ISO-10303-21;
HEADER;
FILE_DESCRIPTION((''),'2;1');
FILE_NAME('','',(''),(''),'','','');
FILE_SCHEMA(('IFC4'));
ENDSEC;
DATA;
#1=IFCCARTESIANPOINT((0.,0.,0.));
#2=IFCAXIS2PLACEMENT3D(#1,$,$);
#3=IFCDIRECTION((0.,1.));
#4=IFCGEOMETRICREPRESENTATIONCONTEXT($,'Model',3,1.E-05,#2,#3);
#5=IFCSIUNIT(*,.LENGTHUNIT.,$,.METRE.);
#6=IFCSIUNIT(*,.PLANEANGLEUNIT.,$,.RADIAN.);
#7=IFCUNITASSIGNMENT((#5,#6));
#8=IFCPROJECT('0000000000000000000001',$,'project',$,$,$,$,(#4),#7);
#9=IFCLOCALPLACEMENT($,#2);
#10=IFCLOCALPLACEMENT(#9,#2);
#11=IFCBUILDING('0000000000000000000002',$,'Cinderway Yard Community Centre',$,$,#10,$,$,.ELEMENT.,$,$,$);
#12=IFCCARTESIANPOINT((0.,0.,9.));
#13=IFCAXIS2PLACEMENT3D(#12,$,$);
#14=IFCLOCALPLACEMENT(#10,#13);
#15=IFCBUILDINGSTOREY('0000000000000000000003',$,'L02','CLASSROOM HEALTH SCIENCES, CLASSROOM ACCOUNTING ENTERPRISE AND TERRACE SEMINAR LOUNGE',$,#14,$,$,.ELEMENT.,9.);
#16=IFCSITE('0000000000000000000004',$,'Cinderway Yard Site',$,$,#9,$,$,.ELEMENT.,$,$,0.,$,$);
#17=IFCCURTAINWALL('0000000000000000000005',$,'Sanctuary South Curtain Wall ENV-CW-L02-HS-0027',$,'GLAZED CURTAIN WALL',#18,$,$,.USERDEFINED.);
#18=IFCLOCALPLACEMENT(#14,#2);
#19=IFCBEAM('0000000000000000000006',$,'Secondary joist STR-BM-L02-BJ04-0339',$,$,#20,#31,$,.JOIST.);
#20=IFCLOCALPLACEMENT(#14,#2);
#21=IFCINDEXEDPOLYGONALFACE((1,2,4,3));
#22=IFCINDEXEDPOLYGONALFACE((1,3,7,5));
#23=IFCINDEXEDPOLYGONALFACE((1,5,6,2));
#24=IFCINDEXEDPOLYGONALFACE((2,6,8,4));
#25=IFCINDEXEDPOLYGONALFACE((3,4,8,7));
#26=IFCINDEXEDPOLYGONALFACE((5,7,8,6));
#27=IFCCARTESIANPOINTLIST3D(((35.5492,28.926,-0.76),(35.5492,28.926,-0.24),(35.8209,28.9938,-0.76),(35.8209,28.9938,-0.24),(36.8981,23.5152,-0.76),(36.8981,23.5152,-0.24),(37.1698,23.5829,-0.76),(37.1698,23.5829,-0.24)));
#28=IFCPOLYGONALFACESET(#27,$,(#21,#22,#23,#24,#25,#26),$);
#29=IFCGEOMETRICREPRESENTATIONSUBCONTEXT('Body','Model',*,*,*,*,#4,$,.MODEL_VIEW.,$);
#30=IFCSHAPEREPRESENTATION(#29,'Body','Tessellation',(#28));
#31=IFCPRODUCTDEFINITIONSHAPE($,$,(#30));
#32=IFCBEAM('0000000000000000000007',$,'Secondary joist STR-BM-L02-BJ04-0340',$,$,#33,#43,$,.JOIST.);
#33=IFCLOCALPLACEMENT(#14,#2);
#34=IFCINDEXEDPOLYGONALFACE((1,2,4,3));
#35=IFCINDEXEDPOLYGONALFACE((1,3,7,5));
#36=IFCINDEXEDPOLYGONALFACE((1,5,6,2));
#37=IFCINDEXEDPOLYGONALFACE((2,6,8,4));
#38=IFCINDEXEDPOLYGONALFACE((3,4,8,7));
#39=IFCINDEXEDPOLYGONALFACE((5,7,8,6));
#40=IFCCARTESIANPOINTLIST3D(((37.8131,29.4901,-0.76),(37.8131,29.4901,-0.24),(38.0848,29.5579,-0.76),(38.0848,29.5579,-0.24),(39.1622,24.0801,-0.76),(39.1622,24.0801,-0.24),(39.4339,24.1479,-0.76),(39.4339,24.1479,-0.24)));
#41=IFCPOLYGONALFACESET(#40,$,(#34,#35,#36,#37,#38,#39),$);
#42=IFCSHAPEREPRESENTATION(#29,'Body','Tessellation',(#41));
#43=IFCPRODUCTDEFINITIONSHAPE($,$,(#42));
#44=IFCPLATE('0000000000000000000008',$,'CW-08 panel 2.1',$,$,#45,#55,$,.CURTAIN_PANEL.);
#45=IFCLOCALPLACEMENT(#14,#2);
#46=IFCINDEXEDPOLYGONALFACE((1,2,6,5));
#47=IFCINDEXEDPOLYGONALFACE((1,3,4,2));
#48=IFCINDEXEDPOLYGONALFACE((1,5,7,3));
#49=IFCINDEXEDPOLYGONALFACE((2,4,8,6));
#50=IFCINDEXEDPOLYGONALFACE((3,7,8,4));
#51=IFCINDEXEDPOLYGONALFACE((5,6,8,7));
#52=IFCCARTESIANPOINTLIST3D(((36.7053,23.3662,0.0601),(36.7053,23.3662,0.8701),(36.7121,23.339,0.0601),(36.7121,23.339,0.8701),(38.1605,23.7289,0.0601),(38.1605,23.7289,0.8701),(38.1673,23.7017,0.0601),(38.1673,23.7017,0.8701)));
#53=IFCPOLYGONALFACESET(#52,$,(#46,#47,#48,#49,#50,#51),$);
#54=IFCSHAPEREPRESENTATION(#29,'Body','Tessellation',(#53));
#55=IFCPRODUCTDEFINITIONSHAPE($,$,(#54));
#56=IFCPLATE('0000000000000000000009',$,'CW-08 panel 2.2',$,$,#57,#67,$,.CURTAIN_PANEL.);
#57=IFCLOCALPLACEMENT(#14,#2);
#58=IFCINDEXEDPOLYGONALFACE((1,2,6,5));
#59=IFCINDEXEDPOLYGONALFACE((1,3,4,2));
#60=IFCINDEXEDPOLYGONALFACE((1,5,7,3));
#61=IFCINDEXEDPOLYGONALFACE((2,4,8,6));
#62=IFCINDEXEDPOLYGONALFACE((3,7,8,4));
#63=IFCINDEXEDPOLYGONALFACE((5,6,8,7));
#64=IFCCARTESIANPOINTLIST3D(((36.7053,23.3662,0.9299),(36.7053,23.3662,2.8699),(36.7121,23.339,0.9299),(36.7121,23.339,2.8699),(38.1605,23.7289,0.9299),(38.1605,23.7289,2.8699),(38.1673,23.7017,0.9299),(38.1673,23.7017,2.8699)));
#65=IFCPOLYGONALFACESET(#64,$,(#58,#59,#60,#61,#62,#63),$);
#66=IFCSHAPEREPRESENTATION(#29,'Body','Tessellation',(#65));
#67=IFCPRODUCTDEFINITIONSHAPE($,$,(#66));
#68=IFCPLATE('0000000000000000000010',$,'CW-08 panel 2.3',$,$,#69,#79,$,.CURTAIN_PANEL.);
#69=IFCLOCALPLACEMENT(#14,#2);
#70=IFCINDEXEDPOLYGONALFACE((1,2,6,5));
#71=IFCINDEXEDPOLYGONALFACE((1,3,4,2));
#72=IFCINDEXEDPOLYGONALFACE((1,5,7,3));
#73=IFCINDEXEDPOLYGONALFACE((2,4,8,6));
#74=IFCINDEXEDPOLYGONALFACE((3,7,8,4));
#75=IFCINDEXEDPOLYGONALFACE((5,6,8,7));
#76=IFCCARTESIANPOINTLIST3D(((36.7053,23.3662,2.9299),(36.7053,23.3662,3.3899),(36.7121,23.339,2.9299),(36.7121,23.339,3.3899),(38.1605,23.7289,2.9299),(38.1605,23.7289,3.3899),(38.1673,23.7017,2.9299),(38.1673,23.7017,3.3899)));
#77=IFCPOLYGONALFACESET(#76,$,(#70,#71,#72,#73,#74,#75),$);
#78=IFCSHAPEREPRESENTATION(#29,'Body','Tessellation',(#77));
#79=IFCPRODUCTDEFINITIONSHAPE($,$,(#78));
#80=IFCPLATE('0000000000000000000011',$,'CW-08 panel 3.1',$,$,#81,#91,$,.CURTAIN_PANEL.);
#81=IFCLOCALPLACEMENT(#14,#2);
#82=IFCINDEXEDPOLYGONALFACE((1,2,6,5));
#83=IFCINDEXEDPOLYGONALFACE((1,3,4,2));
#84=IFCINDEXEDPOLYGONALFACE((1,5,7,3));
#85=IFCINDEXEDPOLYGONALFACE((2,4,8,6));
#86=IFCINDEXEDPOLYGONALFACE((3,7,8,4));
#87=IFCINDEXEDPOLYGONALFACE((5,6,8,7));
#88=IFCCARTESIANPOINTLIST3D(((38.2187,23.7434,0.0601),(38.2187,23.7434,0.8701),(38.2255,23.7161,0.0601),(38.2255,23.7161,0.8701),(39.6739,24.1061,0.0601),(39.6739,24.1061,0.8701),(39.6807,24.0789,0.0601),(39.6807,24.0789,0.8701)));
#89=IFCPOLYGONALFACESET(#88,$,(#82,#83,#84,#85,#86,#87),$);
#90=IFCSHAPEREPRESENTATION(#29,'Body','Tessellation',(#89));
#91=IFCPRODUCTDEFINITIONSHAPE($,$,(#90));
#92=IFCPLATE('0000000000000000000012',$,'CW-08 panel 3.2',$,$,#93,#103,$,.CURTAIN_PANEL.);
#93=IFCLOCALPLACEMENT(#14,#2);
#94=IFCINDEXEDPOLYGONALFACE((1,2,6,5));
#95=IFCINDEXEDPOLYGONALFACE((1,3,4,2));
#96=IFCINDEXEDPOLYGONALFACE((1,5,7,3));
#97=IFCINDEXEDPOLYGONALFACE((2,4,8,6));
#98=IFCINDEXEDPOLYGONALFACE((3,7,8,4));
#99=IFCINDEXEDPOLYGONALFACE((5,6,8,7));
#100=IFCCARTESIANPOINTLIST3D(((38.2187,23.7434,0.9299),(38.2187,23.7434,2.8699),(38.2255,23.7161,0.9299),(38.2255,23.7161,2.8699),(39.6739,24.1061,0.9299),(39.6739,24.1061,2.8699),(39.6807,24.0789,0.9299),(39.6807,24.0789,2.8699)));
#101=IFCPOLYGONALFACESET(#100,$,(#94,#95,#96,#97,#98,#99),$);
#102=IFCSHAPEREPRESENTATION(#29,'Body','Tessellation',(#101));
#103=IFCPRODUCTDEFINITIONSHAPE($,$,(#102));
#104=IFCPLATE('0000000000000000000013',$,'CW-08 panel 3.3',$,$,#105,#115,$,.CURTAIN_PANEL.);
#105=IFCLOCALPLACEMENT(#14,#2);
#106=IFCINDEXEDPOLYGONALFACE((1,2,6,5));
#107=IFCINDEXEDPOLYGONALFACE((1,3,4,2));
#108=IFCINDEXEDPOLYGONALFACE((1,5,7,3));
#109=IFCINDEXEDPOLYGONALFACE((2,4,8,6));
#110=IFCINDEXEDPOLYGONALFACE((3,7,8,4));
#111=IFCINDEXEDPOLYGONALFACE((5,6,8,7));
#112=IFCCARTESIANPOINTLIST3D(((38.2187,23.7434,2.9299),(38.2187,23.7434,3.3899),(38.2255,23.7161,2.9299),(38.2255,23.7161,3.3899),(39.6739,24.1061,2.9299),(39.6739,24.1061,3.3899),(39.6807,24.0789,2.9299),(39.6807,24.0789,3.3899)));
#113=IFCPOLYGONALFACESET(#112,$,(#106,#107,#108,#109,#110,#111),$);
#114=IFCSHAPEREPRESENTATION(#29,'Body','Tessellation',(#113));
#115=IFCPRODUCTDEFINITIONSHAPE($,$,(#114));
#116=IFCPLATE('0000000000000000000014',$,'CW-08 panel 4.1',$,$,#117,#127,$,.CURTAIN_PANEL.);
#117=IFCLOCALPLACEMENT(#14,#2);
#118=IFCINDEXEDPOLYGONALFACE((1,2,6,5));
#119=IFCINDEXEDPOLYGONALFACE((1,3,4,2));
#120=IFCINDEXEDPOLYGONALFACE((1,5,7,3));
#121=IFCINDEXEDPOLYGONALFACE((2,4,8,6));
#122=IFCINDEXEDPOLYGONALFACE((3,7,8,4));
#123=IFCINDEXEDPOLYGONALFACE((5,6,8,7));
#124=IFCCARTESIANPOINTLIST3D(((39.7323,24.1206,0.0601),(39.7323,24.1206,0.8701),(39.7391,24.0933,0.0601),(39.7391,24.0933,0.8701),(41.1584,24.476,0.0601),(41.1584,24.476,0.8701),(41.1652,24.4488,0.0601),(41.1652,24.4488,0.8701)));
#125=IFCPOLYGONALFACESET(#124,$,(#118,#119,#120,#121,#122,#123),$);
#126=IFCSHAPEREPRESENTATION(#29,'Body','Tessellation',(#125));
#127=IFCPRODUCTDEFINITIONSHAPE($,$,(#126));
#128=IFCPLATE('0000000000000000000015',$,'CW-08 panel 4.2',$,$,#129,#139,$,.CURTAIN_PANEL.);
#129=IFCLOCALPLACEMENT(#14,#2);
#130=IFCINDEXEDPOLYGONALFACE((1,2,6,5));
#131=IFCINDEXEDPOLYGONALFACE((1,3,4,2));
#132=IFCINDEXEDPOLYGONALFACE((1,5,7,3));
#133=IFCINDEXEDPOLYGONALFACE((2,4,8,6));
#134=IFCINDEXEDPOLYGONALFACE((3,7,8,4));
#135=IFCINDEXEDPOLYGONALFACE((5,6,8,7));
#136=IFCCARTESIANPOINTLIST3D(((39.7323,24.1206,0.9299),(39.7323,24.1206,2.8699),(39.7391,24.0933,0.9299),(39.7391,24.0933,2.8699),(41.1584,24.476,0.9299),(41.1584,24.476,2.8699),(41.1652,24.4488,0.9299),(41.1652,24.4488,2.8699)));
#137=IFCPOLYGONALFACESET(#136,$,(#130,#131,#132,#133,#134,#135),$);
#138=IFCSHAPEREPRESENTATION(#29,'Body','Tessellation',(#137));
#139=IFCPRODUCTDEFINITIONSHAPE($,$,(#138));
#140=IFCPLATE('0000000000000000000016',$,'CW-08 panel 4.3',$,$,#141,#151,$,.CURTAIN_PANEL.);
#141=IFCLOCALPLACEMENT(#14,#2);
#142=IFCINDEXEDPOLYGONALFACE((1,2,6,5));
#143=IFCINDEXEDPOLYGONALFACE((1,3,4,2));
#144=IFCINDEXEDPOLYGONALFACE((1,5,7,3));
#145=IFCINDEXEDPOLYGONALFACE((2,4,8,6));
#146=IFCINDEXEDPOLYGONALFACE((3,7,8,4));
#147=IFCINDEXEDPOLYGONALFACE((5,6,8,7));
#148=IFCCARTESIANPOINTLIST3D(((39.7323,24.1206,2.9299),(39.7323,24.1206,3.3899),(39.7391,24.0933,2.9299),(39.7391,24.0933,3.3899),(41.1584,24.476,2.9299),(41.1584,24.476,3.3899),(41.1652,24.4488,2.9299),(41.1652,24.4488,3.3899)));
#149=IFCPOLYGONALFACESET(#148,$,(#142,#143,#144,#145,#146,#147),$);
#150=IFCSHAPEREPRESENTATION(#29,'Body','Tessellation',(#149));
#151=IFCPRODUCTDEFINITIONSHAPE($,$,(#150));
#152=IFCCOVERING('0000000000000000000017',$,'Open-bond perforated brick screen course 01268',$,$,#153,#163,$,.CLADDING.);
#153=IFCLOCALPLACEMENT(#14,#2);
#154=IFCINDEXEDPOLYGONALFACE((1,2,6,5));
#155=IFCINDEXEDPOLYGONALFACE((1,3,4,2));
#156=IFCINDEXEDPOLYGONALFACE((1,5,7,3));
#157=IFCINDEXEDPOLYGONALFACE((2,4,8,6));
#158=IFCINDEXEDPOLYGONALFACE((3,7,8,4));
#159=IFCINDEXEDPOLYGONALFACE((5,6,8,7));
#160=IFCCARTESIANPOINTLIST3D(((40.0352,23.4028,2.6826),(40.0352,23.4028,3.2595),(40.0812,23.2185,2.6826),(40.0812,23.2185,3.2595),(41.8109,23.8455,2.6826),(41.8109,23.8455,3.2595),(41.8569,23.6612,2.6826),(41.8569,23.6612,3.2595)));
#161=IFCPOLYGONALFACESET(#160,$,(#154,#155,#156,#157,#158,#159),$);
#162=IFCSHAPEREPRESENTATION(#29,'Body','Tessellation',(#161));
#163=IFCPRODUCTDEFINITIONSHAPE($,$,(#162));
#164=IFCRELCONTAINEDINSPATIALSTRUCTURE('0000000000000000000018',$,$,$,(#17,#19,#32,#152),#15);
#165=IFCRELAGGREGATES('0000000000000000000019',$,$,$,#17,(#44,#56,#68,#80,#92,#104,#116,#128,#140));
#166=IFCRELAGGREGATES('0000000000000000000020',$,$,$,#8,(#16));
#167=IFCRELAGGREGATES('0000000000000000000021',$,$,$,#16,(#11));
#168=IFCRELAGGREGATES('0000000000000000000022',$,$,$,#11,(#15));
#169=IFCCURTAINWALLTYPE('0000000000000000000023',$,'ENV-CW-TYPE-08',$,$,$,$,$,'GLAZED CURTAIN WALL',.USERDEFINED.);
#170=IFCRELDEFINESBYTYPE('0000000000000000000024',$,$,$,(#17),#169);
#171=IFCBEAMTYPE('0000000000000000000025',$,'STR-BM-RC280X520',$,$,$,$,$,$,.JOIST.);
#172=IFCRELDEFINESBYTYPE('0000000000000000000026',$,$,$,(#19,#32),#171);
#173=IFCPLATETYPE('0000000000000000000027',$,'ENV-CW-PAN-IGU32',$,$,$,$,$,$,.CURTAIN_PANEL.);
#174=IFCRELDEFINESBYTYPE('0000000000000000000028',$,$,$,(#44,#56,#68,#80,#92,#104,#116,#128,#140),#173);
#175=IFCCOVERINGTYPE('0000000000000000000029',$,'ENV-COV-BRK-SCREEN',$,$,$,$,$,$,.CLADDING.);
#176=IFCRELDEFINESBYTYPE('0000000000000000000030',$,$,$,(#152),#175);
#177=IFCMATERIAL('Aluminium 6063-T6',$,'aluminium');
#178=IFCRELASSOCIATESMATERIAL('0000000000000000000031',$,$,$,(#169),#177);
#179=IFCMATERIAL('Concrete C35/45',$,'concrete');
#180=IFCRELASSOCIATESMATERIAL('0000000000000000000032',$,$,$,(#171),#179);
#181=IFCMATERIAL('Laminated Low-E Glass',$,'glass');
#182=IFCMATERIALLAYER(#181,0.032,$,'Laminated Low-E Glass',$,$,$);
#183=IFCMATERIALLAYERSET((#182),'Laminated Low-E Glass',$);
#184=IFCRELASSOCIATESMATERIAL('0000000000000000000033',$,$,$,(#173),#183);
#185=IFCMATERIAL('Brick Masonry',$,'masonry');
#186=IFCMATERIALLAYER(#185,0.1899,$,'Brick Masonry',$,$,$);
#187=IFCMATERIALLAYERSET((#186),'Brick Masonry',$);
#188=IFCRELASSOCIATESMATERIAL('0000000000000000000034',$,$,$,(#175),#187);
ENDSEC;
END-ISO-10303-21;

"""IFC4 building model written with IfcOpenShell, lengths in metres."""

from ifc_helpers import new_model, si_unit, direction, frame, origin, origin_2d, place, context, subcontext, project, spatial, rectangle, extrude, material, layer, layer_set, material_profile, profile_set, type_object, element, aggregate, save


model = new_model("IFC4")

# Units and contexts
model_context = context("Model", 3, precision=1e-05, world=origin(), true_north=direction((0.0, 1.0)))
body_context = subcontext(model_context, "Body", "Model", "MODEL_VIEW")
ifc_project = project(units=[si_unit("LENGTHUNIT", "METRE"), si_unit("PLANEANGLEUNIT", "RADIAN")], contexts=[model_context])

# Site, building, storey
site_placement = place(None, origin())
site = spatial("IfcSite", under=ifc_project, at=site_placement, Name="Cinderway Yard Site", CompositionType="ELEMENT", RefElevation=0.0)
building_placement = place(site_placement, origin())
building = spatial("IfcBuilding", under=site, at=building_placement, Name="Cinderway Yard Community Centre", CompositionType="ELEMENT")
storey_placement = place(building_placement, frame((0.0, 0.0, 9.0)))
storey = spatial("IfcBuildingStorey", under=building, at=storey_placement, Name="L02", Description="CLASSROOM HEALTH SCIENCES, CLASSROOM ACCOUNTING ENTERPRISE AND TERRACE SEMINAR LOUNGE", CompositionType="ELEMENT", Elevation=9.0)

# Curtain wall
ifc_material_1 = material(Name="Aluminium 6063-T6", Category="aluminium")
curtain_wall_type = type_object("IfcCurtainWallType", Name="ENV-CW-TYPE-08", ElementType="GLAZED CURTAIN WALL", PredefinedType="USERDEFINED", material=ifc_material_1)
curtain_wall_placement = place(storey_placement, origin())
curtain_wall = element("IfcCurtainWall", 1, at=curtain_wall_placement, inside=storey, type_object=curtain_wall_type, Name="Sanctuary South Curtain Wall ENV-CW-L02-HS-0027", ObjectType="GLAZED CURTAIN WALL", PredefinedType="USERDEFINED")

# Beams
ifc_material_2 = material(Name="Concrete C35/45", Category="concrete")
ifc_material_profile_1 = material_profile(ifc_material_2, rectangle(XDim=0.28, YDim=0.52, at=origin_2d()), Name="Concrete C35/45")
ifc_profile_set_1 = profile_set([ifc_material_profile_1], Name="Concrete C35/45")
beam_type_1 = type_object("IfcBeamType", Name="STR-BM-RC280X520", PredefinedType="JOIST", material=ifc_profile_set_1)
beam_1_placement = place(storey_placement, frame((37.0339, 23.5491, -0.5), z_axis=(-0.241887, 0.970305, 0.0), x_axis=(-0.970305, -0.241887, 0.0)))
element("IfcBeam", 2, at=beam_1_placement, inside=storey, type_object=beam_type_1, Name="Secondary joist STR-BM-L02-BJ04-0339", PredefinedType="JOIST", context=body_context, shape_type="SweptSolid", body=[
    extrude(rectangle(XDim=0.28, YDim=0.52, at=origin_2d()), origin(), (0.0, 0.0, 1.0), 5.5764),
])
beam_2_placement = place(storey_placement, frame((39.2981, 24.114, -0.5), z_axis=(-0.241969, 0.970284, 0.0), x_axis=(-0.970284, -0.241969, 0.0)))
element("IfcBeam", 3, at=beam_2_placement, inside=storey, type_object=beam_type_1, Name="Secondary joist STR-BM-L02-BJ04-0340", PredefinedType="JOIST", context=body_context, shape_type="SweptSolid", body=[
    extrude(rectangle(XDim=0.28, YDim=0.52, at=origin_2d()), origin(), (0.0, 0.0, 1.0), 5.5757),
])

# Plates
ifc_material_3 = material(Name="Laminated Low-E Glass", Category="glass")
ifc_layer_1 = layer(ifc_material_3, 0.032, Name="Laminated Low-E Glass")
ifc_layer_set_1 = layer_set([ifc_layer_1], Name="Laminated Low-E Glass")
plate_type = type_object("IfcPlateType", Name="ENV-CW-PAN-IGU32", PredefinedType="CURTAIN_PANEL", material=ifc_layer_set_1)
plate_1_placement = place(storey_placement, frame((37.4363, 23.5339, 0.0601), z_axis=(0.0, 0.0, 1.0), x_axis=(0.970312, 0.241857, 0.0)))
plate_1 = element("IfcPlate", 4, at=plate_1_placement, type_object=plate_type, Name="CW-08 panel 2.1", PredefinedType="CURTAIN_PANEL", context=body_context, shape_type="SweptSolid", body=[
    extrude(rectangle(XDim=1.4998, YDim=0.0281, at=origin_2d()), origin(), (0.0, 0.0, 1.0), 0.8101),
])
plate_2_placement = place(storey_placement, frame((37.4363, 23.5339, 0.9299), z_axis=(0.0, 0.0, 1.0), x_axis=(0.970312, 0.241857, 0.0)))
plate_2 = element("IfcPlate", 5, at=plate_2_placement, type_object=plate_type, Name="CW-08 panel 2.2", PredefinedType="CURTAIN_PANEL", context=body_context, shape_type="SweptSolid", body=[
    extrude(rectangle(XDim=1.4998, YDim=0.0281, at=origin_2d()), origin(), (0.0, 0.0, 1.0), 1.9399),
])
plate_3_placement = place(storey_placement, frame((37.4363, 23.5339, 2.9299), z_axis=(0.0, 0.0, 1.0), x_axis=(0.970312, 0.241857, 0.0)))
plate_3 = element("IfcPlate", 6, at=plate_3_placement, type_object=plate_type, Name="CW-08 panel 2.3", PredefinedType="CURTAIN_PANEL", context=body_context, shape_type="SweptSolid", body=[
    extrude(rectangle(XDim=1.4998, YDim=0.0281, at=origin_2d()), origin(), (0.0, 0.0, 1.0), 0.46),
])
plate_4_placement = place(storey_placement, frame((38.9497, 23.9111, 0.0601), z_axis=(0.0, 0.0, 1.0), x_axis=(0.970312, 0.241857, 0.0)))
plate_4 = element("IfcPlate", 7, at=plate_4_placement, type_object=plate_type, Name="CW-08 panel 3.1", PredefinedType="CURTAIN_PANEL", context=body_context, shape_type="SweptSolid", body=[
    extrude(rectangle(XDim=1.4998, YDim=0.0281, at=origin_2d()), origin(), (0.0, 0.0, 1.0), 0.8101),
])
plate_5_placement = place(storey_placement, frame((38.9497, 23.9111, 0.9299), z_axis=(0.0, 0.0, 1.0), x_axis=(0.970312, 0.241857, 0.0)))
plate_5 = element("IfcPlate", 8, at=plate_5_placement, type_object=plate_type, Name="CW-08 panel 3.2", PredefinedType="CURTAIN_PANEL", context=body_context, shape_type="SweptSolid", body=[
    extrude(rectangle(XDim=1.4998, YDim=0.0281, at=origin_2d()), origin(), (0.0, 0.0, 1.0), 1.9399),
])
plate_6_placement = place(storey_placement, frame((38.9497, 23.9111, 2.9299), z_axis=(0.0, 0.0, 1.0), x_axis=(0.970312, 0.241857, 0.0)))
plate_6 = element("IfcPlate", 9, at=plate_6_placement, type_object=plate_type, Name="CW-08 panel 3.3", PredefinedType="CURTAIN_PANEL", context=body_context, shape_type="SweptSolid", body=[
    extrude(rectangle(XDim=1.4998, YDim=0.0281, at=origin_2d()), origin(), (0.0, 0.0, 1.0), 0.46),
])
plate_7_placement = place(storey_placement, frame((40.4487, 24.2847, 0.0601), z_axis=(0.0, 0.0, 1.0), x_axis=(0.970312, 0.241857, 0.0)))
plate_7 = element("IfcPlate", 10, at=plate_7_placement, type_object=plate_type, Name="CW-08 panel 4.1", PredefinedType="CURTAIN_PANEL", context=body_context, shape_type="SweptSolid", body=[
    extrude(rectangle(XDim=1.4697, YDim=0.0281, at=origin_2d()), origin(), (0.0, 0.0, 1.0), 0.8101),
])
plate_8_placement = place(storey_placement, frame((40.4487, 24.2847, 0.9299), z_axis=(0.0, 0.0, 1.0), x_axis=(0.970312, 0.241857, 0.0)))
plate_8 = element("IfcPlate", 11, at=plate_8_placement, type_object=plate_type, Name="CW-08 panel 4.2", PredefinedType="CURTAIN_PANEL", context=body_context, shape_type="SweptSolid", body=[
    extrude(rectangle(XDim=1.4697, YDim=0.0281, at=origin_2d()), origin(), (0.0, 0.0, 1.0), 1.9399),
])
plate_9_placement = place(storey_placement, frame((40.4487, 24.2847, 2.9299), z_axis=(0.0, 0.0, 1.0), x_axis=(0.970312, 0.241857, 0.0)))
plate_9 = element("IfcPlate", 12, at=plate_9_placement, type_object=plate_type, Name="CW-08 panel 4.3", PredefinedType="CURTAIN_PANEL", context=body_context, shape_type="SweptSolid", body=[
    extrude(rectangle(XDim=1.4697, YDim=0.0281, at=origin_2d()), origin(), (0.0, 0.0, 1.0), 0.46),
])
aggregate(curtain_wall, [plate_1, plate_2, plate_3, plate_4, plate_5, plate_6, plate_7, plate_8, plate_9])

# Covering
ifc_material_4 = material(Name="Brick Masonry", Category="masonry")
ifc_layer_2 = layer(ifc_material_4, 0.1899, Name="Brick Masonry")
ifc_layer_set_2 = layer_set([ifc_layer_2], Name="Brick Masonry")
covering_type = type_object("IfcCoveringType", Name="ENV-COV-BRK-SCREEN", PredefinedType="CLADDING", material=ifc_layer_set_2)
covering_placement = place(storey_placement, frame((40.946, 23.532, 2.6826), z_axis=(0.0, 0.0, 1.0), x_axis=(-0.970296, -0.241922, 0.0)))
element("IfcCovering", 13, at=covering_placement, inside=storey, type_object=covering_type, Name="Open-bond perforated brick screen course 01268", PredefinedType="CLADDING", context=body_context, shape_type="SweptSolid", body=[
    extrude(rectangle(XDim=1.8301, YDim=0.1899, at=origin_2d()), origin(), (0.0, 0.0, 1.0), 0.5769),
])

save(model, "model.ifc")
